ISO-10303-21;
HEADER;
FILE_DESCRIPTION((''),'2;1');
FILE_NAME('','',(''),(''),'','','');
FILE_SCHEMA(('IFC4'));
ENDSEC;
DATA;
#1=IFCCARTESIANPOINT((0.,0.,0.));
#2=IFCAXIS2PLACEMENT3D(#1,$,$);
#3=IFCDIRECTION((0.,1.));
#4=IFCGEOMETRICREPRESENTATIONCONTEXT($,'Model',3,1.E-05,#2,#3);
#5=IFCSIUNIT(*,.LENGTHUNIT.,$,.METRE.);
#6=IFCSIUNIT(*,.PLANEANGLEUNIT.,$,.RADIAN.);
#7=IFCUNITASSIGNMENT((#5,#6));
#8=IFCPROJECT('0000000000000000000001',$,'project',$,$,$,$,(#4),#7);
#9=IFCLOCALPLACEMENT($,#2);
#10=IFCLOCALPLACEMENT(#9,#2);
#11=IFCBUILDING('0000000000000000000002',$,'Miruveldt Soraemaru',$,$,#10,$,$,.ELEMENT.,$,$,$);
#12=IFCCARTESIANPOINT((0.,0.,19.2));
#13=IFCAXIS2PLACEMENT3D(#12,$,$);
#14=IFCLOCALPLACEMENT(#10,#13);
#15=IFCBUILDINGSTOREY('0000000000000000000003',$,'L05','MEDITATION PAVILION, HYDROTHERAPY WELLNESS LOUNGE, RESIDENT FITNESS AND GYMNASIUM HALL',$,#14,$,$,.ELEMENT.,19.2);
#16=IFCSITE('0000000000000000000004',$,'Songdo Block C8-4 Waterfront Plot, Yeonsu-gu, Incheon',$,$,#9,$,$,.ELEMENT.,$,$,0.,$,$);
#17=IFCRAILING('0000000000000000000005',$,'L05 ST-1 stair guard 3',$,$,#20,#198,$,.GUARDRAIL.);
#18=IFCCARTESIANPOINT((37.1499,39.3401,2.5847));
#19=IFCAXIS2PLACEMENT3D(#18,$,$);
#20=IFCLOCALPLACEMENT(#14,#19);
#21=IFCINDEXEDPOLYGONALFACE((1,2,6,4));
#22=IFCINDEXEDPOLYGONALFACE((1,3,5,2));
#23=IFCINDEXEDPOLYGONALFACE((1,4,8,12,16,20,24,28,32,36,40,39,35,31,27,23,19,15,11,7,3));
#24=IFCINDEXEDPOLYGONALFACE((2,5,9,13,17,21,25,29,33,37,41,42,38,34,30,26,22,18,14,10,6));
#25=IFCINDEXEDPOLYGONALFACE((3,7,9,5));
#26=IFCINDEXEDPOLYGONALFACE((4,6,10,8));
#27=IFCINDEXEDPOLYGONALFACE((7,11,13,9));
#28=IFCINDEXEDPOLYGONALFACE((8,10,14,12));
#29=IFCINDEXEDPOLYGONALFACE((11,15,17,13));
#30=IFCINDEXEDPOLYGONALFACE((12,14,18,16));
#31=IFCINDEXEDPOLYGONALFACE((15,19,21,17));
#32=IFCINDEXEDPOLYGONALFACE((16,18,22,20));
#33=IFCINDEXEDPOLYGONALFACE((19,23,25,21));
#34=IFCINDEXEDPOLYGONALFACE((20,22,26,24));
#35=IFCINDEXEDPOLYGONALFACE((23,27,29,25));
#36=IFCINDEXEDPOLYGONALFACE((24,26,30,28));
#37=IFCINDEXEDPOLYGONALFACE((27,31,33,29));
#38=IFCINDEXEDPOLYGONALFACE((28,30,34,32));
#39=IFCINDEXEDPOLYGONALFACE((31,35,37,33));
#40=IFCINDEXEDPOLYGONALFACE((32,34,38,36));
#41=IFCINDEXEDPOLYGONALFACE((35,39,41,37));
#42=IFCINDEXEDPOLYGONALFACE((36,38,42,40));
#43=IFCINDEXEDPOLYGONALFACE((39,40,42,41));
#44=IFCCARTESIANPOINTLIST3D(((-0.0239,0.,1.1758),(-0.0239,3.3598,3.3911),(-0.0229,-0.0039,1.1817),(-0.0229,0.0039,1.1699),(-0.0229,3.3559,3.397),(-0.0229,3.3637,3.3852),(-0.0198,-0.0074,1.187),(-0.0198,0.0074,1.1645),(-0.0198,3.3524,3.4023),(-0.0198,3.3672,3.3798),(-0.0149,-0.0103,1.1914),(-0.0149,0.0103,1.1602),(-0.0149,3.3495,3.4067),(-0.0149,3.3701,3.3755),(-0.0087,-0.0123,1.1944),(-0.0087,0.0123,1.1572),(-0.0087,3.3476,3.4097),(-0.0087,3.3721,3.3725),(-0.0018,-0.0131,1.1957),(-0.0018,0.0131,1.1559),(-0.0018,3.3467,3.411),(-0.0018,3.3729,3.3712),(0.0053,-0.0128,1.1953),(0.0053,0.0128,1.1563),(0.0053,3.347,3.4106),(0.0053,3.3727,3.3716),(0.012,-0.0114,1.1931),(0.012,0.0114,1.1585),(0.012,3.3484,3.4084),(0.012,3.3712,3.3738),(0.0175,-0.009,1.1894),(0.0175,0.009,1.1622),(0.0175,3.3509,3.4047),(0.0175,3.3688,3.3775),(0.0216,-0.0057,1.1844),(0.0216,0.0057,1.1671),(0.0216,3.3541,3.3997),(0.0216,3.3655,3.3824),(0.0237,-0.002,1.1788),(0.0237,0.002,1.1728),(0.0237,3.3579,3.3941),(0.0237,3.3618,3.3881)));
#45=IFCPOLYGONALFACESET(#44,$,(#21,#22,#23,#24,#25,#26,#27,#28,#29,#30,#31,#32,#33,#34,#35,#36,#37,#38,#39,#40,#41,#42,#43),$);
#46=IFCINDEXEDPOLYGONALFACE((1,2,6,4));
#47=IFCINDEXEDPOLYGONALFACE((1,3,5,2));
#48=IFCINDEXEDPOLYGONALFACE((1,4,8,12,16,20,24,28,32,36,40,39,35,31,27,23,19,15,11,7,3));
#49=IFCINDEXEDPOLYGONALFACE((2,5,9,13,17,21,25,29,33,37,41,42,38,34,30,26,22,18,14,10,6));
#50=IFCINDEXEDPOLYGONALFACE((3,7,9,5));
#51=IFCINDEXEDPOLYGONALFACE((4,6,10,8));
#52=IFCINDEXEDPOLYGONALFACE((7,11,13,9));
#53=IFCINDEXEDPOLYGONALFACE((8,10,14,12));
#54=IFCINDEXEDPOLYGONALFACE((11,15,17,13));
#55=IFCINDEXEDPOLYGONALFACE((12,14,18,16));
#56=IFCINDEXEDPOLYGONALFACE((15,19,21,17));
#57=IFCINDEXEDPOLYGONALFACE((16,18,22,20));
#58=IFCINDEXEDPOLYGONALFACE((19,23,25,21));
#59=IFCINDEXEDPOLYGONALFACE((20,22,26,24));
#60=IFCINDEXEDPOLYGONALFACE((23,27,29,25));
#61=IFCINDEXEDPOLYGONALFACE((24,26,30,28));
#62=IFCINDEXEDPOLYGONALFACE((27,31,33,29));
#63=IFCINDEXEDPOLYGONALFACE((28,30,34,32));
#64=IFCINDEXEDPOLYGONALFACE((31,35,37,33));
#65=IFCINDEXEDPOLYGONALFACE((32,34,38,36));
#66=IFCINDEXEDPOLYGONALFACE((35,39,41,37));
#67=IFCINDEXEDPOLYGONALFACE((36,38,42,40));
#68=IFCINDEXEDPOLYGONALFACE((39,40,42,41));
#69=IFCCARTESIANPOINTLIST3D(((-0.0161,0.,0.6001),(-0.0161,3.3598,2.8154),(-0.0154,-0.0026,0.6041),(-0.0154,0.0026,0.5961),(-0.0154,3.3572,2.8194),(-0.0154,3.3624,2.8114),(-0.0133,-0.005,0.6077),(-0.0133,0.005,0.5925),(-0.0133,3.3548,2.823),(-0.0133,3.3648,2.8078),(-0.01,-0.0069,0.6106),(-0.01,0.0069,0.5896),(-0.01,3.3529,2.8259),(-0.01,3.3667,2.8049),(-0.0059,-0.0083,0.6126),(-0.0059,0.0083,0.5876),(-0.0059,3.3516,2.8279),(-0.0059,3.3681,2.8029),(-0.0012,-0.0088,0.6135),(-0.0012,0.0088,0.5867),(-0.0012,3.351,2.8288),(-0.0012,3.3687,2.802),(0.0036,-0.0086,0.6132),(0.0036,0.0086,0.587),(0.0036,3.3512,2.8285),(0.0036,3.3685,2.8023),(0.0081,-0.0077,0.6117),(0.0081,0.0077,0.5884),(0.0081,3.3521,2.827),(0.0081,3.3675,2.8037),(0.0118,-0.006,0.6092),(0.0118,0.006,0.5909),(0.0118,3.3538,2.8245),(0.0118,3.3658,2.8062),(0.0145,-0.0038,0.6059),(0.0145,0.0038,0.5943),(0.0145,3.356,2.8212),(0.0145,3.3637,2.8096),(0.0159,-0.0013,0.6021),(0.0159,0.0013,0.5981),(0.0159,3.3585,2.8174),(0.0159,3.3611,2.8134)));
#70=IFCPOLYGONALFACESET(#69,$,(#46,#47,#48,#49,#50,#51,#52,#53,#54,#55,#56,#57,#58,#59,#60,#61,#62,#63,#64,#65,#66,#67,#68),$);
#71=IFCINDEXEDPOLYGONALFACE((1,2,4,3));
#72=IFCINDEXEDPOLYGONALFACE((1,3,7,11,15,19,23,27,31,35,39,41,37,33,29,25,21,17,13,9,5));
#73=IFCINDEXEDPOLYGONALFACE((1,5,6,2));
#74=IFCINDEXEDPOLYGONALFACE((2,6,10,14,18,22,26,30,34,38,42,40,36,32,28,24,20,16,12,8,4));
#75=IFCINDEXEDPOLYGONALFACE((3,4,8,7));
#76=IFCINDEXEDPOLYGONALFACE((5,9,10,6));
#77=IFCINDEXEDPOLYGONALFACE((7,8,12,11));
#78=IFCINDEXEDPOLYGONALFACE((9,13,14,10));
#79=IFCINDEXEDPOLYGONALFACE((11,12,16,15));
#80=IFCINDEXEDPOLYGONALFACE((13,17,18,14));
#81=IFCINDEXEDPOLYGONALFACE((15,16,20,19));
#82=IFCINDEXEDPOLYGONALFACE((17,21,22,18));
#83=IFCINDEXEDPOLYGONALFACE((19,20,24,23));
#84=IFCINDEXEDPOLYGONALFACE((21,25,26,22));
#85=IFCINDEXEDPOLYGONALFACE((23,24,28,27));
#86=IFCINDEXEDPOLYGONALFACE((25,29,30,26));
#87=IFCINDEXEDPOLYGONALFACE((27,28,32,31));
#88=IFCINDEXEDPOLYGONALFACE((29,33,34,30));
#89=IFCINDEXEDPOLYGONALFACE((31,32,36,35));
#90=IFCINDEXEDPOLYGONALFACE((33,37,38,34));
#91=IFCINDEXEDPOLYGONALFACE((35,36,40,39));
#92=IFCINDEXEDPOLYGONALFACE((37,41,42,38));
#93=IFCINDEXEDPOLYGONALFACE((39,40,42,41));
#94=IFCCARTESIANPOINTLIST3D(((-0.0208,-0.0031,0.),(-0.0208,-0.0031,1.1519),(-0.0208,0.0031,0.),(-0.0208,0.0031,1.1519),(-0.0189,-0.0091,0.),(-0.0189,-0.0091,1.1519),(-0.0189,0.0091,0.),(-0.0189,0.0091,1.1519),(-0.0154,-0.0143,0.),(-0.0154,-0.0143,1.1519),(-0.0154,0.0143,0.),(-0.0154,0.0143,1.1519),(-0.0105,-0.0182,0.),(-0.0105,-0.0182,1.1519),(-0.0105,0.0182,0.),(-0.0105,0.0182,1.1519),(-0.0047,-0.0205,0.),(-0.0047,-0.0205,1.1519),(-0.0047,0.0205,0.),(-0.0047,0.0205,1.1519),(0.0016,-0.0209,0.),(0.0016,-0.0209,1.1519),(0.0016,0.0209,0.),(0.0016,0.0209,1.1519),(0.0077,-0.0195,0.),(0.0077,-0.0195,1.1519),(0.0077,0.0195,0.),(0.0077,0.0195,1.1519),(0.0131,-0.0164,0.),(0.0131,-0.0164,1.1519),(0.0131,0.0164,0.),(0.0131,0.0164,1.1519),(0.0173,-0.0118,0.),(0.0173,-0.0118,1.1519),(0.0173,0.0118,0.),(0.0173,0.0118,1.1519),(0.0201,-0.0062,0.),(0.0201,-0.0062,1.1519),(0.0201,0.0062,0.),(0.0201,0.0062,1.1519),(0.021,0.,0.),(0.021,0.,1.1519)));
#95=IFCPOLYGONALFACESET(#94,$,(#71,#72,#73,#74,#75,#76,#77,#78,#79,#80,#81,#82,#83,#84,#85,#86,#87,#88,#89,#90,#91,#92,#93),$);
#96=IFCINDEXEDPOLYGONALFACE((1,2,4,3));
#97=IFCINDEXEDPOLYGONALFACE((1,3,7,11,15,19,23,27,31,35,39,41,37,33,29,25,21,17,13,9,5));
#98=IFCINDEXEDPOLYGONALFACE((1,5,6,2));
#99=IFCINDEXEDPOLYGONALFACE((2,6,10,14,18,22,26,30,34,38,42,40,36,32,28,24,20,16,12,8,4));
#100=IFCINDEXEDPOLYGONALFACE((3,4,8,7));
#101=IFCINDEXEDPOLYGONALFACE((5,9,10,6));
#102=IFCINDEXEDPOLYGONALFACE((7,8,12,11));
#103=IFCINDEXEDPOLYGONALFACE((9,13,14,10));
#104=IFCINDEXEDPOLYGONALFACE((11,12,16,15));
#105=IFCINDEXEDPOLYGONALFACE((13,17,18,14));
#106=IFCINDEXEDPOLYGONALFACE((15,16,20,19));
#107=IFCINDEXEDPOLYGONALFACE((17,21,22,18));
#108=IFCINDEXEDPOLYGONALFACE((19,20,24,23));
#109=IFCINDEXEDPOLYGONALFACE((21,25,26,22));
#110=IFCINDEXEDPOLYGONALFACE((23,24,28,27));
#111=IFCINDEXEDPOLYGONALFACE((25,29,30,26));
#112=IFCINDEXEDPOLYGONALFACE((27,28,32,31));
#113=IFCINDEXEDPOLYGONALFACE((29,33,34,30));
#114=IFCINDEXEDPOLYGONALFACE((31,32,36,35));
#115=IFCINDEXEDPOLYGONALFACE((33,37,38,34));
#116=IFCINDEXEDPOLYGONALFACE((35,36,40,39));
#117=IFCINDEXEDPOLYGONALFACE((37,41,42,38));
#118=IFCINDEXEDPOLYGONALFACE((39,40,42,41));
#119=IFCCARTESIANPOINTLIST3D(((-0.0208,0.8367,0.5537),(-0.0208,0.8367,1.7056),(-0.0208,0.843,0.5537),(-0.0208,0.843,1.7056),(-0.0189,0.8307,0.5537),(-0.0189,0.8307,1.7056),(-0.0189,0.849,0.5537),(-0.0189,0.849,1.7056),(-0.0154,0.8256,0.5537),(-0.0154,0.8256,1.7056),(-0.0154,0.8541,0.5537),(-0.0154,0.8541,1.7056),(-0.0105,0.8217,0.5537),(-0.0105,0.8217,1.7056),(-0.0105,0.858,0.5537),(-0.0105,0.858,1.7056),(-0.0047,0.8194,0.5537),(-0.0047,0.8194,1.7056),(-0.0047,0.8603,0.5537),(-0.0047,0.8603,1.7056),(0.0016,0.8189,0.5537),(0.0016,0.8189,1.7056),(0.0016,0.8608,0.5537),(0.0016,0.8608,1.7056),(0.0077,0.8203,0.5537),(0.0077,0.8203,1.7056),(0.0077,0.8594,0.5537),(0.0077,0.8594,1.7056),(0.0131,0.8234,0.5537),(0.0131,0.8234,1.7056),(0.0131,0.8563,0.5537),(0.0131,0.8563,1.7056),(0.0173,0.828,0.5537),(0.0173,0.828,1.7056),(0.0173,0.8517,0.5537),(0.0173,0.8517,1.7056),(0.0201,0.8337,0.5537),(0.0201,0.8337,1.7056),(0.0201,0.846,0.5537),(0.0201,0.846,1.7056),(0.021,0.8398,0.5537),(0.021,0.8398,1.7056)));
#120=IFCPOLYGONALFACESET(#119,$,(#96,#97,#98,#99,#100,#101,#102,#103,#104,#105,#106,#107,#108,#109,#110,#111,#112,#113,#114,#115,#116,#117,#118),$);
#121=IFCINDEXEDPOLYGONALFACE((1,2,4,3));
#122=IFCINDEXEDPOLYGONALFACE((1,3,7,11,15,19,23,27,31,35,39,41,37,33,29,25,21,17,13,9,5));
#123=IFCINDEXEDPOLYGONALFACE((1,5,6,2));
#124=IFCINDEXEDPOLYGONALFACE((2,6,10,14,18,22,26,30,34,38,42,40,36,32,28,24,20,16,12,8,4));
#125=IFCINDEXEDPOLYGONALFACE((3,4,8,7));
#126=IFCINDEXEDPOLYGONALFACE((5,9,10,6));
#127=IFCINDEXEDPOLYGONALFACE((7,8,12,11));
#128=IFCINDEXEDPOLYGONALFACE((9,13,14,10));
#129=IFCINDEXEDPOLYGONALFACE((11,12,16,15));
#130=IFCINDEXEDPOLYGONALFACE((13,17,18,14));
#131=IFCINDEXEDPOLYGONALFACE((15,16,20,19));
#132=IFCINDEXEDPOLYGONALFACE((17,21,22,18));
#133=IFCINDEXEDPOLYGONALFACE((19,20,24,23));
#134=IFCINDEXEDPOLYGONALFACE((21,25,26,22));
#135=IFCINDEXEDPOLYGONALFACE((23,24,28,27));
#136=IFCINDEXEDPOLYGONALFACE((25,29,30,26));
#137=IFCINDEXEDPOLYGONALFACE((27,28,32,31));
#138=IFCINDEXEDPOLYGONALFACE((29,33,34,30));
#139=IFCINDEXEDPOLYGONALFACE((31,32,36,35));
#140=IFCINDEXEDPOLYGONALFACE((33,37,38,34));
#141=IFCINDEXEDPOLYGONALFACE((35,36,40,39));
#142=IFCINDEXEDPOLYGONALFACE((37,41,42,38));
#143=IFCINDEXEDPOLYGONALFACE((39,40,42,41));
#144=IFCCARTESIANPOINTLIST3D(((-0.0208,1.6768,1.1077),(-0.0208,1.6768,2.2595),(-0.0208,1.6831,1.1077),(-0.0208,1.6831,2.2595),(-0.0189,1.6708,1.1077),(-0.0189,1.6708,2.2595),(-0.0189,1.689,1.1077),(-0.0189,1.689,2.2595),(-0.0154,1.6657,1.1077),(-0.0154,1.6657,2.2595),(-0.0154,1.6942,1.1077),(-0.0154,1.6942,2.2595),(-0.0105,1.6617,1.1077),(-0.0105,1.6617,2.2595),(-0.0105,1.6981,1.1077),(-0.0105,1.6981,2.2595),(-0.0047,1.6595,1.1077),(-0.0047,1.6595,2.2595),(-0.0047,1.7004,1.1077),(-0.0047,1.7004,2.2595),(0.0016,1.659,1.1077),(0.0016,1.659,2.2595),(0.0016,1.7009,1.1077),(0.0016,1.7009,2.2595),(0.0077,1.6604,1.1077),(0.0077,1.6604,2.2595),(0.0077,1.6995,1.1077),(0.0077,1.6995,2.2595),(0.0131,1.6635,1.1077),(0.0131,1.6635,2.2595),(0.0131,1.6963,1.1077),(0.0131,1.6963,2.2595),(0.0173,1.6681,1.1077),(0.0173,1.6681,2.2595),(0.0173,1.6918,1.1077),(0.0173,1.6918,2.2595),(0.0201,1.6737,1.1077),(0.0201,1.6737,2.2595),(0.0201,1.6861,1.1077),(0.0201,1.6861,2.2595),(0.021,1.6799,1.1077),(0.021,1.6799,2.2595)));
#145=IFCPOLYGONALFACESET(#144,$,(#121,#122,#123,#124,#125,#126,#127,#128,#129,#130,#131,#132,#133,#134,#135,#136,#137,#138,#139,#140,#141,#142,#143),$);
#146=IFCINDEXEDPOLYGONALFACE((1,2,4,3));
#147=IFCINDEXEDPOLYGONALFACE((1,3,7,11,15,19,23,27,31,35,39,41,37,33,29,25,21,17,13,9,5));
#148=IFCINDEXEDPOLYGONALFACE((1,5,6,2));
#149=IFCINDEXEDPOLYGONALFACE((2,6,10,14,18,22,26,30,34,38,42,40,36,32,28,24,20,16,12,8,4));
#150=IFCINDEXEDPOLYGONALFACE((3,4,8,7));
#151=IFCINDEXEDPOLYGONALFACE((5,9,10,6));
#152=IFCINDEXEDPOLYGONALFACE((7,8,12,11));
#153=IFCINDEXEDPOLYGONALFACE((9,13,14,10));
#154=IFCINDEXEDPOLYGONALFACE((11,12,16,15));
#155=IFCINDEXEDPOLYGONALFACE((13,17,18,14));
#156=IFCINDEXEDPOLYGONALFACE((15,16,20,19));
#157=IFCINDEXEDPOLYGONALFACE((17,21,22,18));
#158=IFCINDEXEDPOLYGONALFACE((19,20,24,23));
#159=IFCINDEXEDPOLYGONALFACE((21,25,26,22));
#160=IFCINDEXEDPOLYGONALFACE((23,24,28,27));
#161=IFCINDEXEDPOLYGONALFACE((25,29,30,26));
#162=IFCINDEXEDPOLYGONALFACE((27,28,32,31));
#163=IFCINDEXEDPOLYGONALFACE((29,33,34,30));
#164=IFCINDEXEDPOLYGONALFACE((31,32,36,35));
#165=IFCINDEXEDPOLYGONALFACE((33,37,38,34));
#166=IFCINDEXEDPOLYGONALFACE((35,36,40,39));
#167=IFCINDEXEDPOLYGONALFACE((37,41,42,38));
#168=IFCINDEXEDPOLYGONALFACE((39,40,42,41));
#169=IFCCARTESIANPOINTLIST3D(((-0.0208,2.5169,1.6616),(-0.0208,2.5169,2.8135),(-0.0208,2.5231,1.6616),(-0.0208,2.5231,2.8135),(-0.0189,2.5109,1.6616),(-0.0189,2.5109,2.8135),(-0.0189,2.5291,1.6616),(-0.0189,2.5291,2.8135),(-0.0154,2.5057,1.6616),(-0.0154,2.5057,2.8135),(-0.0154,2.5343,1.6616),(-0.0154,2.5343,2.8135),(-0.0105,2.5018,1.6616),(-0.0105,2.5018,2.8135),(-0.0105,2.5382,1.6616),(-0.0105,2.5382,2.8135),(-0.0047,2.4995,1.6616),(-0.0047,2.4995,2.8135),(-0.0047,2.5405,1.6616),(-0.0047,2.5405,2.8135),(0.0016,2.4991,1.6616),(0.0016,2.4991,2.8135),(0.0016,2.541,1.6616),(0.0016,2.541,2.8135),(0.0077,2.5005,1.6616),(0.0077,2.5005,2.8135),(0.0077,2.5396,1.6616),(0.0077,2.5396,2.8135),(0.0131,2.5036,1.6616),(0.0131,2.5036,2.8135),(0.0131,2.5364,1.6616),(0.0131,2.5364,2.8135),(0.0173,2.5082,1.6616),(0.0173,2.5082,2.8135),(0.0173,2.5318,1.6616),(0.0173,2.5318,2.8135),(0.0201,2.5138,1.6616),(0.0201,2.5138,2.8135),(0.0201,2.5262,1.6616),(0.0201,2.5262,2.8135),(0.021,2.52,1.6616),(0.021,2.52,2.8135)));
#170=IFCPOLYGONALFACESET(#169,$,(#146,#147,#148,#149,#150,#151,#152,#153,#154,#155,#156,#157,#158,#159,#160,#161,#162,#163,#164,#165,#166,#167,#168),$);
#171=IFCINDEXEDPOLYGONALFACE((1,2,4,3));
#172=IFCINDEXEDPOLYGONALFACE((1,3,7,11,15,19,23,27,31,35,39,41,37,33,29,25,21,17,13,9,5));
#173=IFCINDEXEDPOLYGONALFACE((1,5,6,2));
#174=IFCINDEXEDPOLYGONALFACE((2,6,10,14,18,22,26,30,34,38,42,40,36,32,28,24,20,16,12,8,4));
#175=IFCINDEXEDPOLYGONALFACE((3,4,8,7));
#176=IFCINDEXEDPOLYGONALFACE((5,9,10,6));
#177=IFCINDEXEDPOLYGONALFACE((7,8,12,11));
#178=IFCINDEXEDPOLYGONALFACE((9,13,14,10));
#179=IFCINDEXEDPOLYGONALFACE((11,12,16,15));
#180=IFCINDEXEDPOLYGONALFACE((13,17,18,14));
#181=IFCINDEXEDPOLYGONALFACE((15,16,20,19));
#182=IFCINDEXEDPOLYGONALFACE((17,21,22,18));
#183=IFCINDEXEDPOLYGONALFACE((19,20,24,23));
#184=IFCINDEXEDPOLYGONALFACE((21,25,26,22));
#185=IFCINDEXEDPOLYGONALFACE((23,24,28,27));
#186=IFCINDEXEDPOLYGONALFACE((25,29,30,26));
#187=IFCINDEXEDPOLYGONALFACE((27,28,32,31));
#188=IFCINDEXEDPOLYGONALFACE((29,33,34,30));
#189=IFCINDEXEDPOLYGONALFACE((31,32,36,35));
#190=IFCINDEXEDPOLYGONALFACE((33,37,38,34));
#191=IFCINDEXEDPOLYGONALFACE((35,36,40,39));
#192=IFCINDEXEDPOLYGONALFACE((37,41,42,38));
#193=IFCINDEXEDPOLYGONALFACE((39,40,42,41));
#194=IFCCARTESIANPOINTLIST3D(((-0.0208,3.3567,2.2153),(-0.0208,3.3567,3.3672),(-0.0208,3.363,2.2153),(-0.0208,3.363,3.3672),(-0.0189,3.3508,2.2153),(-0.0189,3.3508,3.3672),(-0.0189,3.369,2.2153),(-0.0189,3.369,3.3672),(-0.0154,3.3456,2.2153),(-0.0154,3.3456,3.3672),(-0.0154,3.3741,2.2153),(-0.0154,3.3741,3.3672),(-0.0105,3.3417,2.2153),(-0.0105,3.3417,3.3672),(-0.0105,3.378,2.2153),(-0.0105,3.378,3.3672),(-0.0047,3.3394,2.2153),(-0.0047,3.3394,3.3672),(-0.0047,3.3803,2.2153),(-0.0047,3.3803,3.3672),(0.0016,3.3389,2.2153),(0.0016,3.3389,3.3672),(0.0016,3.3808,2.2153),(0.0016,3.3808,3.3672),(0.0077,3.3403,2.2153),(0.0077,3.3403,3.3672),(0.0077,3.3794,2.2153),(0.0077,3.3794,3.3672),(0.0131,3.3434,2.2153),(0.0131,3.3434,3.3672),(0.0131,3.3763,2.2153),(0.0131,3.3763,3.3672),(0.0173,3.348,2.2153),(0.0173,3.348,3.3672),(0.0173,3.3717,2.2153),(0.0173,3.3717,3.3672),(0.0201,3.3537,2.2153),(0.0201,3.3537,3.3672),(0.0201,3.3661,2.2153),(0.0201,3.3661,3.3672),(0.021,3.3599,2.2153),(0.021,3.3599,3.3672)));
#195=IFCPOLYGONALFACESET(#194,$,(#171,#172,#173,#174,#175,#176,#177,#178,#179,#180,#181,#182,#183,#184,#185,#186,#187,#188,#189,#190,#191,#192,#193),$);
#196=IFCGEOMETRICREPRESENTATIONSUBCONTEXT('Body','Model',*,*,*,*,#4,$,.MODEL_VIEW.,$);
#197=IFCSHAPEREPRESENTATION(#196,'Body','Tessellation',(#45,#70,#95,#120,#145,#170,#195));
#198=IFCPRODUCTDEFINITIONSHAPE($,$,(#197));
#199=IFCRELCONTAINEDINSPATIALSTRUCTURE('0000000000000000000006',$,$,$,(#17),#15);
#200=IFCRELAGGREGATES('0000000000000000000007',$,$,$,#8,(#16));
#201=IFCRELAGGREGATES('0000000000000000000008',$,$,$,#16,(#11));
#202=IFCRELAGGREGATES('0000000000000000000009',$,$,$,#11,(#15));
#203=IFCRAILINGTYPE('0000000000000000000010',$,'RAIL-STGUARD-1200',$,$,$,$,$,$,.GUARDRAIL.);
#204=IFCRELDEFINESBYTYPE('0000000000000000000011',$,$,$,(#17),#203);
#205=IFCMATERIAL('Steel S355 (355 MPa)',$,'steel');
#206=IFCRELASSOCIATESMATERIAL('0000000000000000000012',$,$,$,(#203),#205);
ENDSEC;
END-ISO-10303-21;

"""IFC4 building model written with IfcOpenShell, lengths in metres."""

from ifc_helpers import new_model, si_unit, direction, frame, origin, origin_2d, place, context, subcontext, project, spatial, circle, extrude, material, type_object, element, save


model = new_model("IFC4")

# Units and contexts
model_context = context("Model", 3, precision=1e-05, world=origin(), true_north=direction((0.0, 1.0)))
body_context = subcontext(model_context, "Body", "Model", "MODEL_VIEW")
ifc_project = project(units=[si_unit("LENGTHUNIT", "METRE"), si_unit("PLANEANGLEUNIT", "RADIAN")], contexts=[model_context])

# Site, building, storey
site_placement = place(None, origin())
site = spatial("IfcSite", under=ifc_project, at=site_placement, Name="Songdo Block C8-4 Waterfront Plot, Yeonsu-gu, Incheon", CompositionType="ELEMENT", RefElevation=0.0)
building_placement = place(site_placement, origin())
building = spatial("IfcBuilding", under=site, at=building_placement, Name="Miruveldt Soraemaru", CompositionType="ELEMENT")
storey_placement = place(building_placement, frame((0.0, 0.0, 19.2)))
storey = spatial("IfcBuildingStorey", under=building, at=storey_placement, Name="L05", Description="MEDITATION PAVILION, HYDROTHERAPY WELLNESS LOUNGE, RESIDENT FITNESS AND GYMNASIUM HALL", CompositionType="ELEMENT", Elevation=19.2)

# Railing
ifc_material_1 = material(Name="Steel S355 (355 MPa)", Category="steel")
railing_type_1 = type_object("IfcRailingType", Name="RAIL-STGUARD-1200", PredefinedType="GUARDRAIL", material=ifc_material_1)
railing_1_placement = place(storey_placement, frame((37.1499, 39.3401, 2.5847)))
element("IfcRailing", 1, at=railing_1_placement, inside=storey, type_object=railing_type_1, Name="L05 ST-1 stair guard 3", PredefinedType="GUARDRAIL", context=body_context, shape_type="SweptSolid", body=[
    extrude(circle(Radius=0.0239, at=origin_2d()), frame((0.0, 0.0, 1.1758), z_axis=(0.0, 0.834858, 0.550465), x_axis=(-1.0, 0.0, 0.0)), (0.0, 0.0, 1.0), 4.0244),
    extrude(circle(Radius=0.0161, at=origin_2d()), frame((0.0, 0.0, 0.6001), z_axis=(0.0, 0.834858, 0.550465), x_axis=(-1.0, 0.0, 0.0)), (0.0, 0.0, 1.0), 4.0244),
    extrude(circle(Radius=0.021, at=origin_2d()), origin(), (0.0, 0.0, 1.0), 1.1519),
    extrude(circle(Radius=0.021, at=origin_2d()), frame((0.0, 0.8398, 0.5537)), (0.0, 0.0, 1.0), 1.1519),
    extrude(circle(Radius=0.021, at=origin_2d()), frame((0.0, 1.6799, 1.1077)), (0.0, 0.0, 1.0), 1.1519),
    extrude(circle(Radius=0.021, at=origin_2d()), frame((0.0, 2.52, 1.6616)), (0.0, 0.0, 1.0), 1.1519),
    extrude(circle(Radius=0.021, at=origin_2d()), frame((0.0, 3.3599, 2.2153)), (0.0, 0.0, 1.0), 1.1519),
])

save(model, "model.ifc")
